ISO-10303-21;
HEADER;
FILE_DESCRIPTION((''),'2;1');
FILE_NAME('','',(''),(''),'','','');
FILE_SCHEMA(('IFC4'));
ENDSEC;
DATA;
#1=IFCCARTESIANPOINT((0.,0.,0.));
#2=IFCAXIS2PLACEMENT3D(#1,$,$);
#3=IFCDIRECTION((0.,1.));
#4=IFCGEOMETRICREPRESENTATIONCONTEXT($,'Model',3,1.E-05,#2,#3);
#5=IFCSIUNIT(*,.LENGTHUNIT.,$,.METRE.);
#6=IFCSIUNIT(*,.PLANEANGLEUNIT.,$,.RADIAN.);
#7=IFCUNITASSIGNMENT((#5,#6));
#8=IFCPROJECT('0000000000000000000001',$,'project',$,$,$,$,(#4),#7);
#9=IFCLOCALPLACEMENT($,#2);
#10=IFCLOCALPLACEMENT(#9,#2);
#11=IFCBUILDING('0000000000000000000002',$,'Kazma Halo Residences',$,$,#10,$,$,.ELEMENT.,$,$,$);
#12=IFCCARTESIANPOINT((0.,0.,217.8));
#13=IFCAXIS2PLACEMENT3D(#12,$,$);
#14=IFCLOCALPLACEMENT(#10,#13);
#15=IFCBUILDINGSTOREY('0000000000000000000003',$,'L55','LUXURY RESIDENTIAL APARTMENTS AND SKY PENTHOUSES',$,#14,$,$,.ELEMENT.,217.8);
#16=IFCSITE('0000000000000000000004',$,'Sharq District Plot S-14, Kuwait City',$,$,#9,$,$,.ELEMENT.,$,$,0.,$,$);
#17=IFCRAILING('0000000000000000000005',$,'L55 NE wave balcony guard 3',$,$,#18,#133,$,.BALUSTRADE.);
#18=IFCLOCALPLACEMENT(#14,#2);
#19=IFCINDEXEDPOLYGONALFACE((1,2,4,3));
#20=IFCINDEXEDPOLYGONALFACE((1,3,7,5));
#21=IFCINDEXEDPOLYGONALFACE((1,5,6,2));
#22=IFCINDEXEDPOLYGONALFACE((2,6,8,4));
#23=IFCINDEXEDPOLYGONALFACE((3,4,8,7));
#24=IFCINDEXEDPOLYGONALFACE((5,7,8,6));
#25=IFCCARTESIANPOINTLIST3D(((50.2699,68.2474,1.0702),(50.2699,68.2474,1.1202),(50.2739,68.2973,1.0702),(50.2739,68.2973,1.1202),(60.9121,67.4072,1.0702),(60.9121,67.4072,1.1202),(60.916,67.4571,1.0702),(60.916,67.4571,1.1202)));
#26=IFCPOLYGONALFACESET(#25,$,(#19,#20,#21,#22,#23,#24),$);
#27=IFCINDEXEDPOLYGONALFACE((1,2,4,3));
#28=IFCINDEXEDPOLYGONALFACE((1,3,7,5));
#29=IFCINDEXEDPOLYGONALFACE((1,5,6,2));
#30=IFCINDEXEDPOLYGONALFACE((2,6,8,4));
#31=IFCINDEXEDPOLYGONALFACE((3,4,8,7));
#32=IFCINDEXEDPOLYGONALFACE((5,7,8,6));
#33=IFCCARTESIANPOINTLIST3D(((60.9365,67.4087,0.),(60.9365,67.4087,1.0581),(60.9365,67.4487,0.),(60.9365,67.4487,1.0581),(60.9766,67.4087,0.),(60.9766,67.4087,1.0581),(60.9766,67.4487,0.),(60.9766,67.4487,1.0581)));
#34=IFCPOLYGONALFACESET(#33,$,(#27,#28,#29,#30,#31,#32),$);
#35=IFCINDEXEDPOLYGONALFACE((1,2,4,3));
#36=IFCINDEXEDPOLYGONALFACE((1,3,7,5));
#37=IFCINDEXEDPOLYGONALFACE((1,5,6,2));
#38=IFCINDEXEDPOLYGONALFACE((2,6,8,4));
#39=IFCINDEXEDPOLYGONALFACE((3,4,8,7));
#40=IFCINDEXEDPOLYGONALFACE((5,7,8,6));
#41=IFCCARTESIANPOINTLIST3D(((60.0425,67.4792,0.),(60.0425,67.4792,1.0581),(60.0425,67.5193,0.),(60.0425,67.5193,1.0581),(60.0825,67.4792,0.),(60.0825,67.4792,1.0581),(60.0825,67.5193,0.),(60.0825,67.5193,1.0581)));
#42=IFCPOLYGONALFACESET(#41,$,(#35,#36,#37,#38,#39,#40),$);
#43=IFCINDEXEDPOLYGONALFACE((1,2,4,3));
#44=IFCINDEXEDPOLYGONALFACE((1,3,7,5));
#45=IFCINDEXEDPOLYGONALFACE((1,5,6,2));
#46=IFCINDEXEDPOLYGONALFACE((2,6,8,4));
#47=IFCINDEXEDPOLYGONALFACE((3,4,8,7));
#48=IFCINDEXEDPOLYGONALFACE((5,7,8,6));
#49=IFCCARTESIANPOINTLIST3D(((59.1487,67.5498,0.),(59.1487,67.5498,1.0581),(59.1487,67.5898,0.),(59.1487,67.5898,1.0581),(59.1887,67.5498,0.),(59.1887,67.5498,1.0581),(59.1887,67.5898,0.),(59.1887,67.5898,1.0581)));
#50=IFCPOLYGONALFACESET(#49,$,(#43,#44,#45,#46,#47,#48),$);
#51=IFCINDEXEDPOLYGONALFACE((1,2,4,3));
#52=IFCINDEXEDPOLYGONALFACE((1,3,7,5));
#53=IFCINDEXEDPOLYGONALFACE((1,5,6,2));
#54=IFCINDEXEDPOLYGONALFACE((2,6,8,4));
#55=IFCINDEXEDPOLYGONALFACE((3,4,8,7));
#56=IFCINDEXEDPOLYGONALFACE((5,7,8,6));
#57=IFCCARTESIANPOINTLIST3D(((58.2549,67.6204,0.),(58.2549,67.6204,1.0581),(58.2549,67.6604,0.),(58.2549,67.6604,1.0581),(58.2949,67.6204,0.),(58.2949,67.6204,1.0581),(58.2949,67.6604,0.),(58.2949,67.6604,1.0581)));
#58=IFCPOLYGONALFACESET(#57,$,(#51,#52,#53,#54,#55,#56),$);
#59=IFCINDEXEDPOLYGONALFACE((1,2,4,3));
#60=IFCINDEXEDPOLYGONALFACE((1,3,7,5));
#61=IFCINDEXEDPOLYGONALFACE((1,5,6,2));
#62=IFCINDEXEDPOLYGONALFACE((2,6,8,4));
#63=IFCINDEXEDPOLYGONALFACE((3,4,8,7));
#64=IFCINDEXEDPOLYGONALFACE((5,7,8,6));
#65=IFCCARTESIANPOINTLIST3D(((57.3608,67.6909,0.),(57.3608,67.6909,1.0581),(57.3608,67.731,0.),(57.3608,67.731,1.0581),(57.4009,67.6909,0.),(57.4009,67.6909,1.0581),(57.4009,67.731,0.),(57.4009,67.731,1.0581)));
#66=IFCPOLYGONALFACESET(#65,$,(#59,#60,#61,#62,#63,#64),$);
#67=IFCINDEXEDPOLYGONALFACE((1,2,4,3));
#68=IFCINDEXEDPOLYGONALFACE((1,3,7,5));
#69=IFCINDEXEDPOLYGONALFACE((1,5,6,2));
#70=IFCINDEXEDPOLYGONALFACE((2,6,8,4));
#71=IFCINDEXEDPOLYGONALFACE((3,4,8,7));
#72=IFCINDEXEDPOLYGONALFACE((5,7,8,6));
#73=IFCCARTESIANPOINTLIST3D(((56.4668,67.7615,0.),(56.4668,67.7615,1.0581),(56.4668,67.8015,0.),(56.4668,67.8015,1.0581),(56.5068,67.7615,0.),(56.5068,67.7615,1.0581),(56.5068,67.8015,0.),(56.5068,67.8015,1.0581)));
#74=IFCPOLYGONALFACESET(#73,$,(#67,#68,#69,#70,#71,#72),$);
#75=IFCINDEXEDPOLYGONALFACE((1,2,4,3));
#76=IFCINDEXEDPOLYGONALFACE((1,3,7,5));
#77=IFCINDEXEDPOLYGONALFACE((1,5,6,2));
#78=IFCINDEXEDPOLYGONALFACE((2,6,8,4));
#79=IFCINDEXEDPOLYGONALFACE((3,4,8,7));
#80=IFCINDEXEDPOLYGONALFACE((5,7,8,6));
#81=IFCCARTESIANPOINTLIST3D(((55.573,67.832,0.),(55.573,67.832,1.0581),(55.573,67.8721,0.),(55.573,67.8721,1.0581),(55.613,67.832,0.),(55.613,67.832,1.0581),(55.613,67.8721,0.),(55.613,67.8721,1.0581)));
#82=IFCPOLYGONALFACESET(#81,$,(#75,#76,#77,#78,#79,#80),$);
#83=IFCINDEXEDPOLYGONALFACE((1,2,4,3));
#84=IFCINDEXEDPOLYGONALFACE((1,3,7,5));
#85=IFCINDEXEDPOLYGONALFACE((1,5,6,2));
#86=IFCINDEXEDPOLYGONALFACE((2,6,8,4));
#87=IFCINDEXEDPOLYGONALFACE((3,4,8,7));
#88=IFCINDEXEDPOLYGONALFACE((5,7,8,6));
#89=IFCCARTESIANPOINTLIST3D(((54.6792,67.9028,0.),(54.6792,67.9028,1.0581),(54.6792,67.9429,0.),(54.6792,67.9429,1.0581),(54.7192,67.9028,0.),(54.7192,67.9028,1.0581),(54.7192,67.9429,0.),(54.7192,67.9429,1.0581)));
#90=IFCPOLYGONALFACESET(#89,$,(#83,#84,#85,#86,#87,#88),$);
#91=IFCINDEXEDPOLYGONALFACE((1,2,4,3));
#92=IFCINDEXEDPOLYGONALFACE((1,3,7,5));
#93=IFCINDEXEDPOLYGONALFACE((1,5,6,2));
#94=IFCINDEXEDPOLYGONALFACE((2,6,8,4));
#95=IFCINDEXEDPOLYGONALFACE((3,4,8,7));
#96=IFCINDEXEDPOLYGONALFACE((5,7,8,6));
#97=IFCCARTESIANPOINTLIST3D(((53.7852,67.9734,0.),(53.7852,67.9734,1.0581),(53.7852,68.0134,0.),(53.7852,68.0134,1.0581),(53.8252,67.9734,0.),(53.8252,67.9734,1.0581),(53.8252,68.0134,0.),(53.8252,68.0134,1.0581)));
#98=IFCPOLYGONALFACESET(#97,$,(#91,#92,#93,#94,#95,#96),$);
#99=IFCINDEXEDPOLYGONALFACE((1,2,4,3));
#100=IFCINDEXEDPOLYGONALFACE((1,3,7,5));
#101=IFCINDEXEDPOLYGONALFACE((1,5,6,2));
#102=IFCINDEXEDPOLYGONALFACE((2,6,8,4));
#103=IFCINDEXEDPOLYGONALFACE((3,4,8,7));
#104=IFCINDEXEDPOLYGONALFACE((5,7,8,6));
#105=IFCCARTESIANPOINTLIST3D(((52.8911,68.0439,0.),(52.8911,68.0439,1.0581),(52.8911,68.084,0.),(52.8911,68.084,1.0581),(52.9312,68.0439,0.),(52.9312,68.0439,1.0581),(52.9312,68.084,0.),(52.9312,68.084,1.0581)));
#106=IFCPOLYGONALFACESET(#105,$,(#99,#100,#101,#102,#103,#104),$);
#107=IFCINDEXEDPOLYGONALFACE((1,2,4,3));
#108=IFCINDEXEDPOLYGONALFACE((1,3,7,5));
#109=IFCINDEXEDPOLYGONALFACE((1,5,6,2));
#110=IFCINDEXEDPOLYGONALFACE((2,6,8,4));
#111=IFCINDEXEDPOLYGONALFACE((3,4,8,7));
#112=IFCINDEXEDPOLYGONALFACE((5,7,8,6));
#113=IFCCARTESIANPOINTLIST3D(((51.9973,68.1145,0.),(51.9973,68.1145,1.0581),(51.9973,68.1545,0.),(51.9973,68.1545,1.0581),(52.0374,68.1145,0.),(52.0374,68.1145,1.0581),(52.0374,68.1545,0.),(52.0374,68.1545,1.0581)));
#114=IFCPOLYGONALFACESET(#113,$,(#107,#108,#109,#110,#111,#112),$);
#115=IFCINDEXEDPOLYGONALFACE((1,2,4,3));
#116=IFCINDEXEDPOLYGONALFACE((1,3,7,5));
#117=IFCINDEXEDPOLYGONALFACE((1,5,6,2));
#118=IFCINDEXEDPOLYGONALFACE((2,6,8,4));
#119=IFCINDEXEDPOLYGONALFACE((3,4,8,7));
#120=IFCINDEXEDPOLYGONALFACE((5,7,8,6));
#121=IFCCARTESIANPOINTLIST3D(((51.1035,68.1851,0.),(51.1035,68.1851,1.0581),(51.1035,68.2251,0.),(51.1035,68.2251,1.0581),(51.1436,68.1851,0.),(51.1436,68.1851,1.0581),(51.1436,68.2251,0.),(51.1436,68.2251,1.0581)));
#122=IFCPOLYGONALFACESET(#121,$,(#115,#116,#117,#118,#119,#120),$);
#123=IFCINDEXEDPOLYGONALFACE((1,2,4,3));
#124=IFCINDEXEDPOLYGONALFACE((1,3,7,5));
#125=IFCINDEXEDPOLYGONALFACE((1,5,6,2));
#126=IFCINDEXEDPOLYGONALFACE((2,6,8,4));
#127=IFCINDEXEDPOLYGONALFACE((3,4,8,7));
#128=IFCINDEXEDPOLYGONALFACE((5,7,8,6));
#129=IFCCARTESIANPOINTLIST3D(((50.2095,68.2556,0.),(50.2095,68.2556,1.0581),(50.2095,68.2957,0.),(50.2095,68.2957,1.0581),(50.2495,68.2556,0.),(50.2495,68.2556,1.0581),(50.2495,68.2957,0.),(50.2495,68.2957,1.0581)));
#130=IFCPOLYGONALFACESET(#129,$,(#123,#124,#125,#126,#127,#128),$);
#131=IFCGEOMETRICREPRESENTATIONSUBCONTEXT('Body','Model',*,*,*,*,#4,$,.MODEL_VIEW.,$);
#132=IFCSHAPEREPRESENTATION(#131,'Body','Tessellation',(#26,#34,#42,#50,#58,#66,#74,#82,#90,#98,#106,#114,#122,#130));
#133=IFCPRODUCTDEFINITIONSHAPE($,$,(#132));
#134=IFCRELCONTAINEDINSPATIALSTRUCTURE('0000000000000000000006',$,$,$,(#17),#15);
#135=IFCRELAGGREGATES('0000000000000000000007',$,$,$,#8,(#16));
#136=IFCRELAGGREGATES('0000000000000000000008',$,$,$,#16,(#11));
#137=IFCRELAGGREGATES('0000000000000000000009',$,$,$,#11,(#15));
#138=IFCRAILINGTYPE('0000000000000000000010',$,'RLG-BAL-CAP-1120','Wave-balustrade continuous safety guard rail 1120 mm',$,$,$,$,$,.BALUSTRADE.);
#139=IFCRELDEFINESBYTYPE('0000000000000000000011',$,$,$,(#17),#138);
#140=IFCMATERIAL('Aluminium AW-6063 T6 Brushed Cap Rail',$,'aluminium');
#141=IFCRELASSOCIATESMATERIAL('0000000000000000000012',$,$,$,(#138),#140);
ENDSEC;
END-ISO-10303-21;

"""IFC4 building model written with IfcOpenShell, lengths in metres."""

from ifc_helpers import new_model, si_unit, direction, frame, origin, origin_2d, place, context, subcontext, project, spatial, rectangle, extrude, material, type_object, element, save


model = new_model("IFC4")

# Units and contexts
model_context = context("Model", 3, precision=1e-05, world=origin(), true_north=direction((0.0, 1.0)))
body_context = subcontext(model_context, "Body", "Model", "MODEL_VIEW")
ifc_project = project(units=[si_unit("LENGTHUNIT", "METRE"), si_unit("PLANEANGLEUNIT", "RADIAN")], contexts=[model_context])

# Site, building, storey
site_placement = place(None, origin())
site = spatial("IfcSite", under=ifc_project, at=site_placement, Name="Sharq District Plot S-14, Kuwait City", CompositionType="ELEMENT", RefElevation=0.0)
building_placement = place(site_placement, origin())
building = spatial("IfcBuilding", under=site, at=building_placement, Name="Kazma Halo Residences", CompositionType="ELEMENT")
storey_placement = place(building_placement, frame((0.0, 0.0, 217.8)))
storey = spatial("IfcBuildingStorey", under=building, at=storey_placement, Name="L55", Description="LUXURY RESIDENTIAL APARTMENTS AND SKY PENTHOUSES", CompositionType="ELEMENT", Elevation=217.8)

# Railing
ifc_material_1 = material(Name="Aluminium AW-6063 T6 Brushed Cap Rail", Category="aluminium")
railing_type = type_object("IfcRailingType", Name="RLG-BAL-CAP-1120", Description="Wave-balustrade continuous safety guard rail 1120 mm", PredefinedType="BALUSTRADE", material=ifc_material_1)
railing_1_placement = place(storey_placement, frame((60.9565, 67.4287, 0.0)))
element("IfcRailing", 1, at=railing_1_placement, inside=storey, type_object=railing_type, Name="L55 NE wave balcony guard 3", PredefinedType="BALUSTRADE", context=body_context, shape_type="SweptSolid", body=[
    extrude(rectangle(XDim=0.05, YDim=0.05, at=origin_2d()), frame((-0.0425, 0.0034, 1.0952), z_axis=(-0.996898, 0.078707, 0.0), x_axis=(-0.078707, -0.996898, 0.0)), (0.0, 0.0, 1.0), 10.6753),
    extrude(rectangle(XDim=0.04, YDim=0.04, at=origin_2d()), origin(), (0.0, 0.0, 1.0), 1.0581),
    extrude(rectangle(XDim=0.04, YDim=0.04, at=origin_2d()), frame((-0.894, 0.0706, 0.0)), (0.0, 0.0, 1.0), 1.0581),
    extrude(rectangle(XDim=0.04, YDim=0.04, at=origin_2d()), frame((-1.7878, 0.1411, 0.0)), (0.0, 0.0, 1.0), 1.0581),
    extrude(rectangle(XDim=0.04, YDim=0.04, at=origin_2d()), frame((-2.6816, 0.2117, 0.0)), (0.0, 0.0, 1.0), 1.0581),
    extrude(rectangle(XDim=0.04, YDim=0.04, at=origin_2d()), frame((-3.5757, 0.2822, 0.0)), (0.0, 0.0, 1.0), 1.0581),
    extrude(rectangle(XDim=0.04, YDim=0.04, at=origin_2d()), frame((-4.4697, 0.3528, 0.0)), (0.0, 0.0, 1.0), 1.0581),
    extrude(rectangle(XDim=0.04, YDim=0.04, at=origin_2d()), frame((-5.3635, 0.4233, 0.0)), (0.0, 0.0, 1.0), 1.0581),
    extrude(rectangle(XDim=0.04, YDim=0.04, at=origin_2d()), frame((-6.2573, 0.4941, 0.0)), (0.0, 0.0, 1.0), 1.0581),
    extrude(rectangle(XDim=0.04, YDim=0.04, at=origin_2d()), frame((-7.1514, 0.5647, 0.0)), (0.0, 0.0, 1.0), 1.0581),
    extrude(rectangle(XDim=0.04, YDim=0.04, at=origin_2d()), frame((-8.0454, 0.6353, 0.0)), (0.0, 0.0, 1.0), 1.0581),
    extrude(rectangle(XDim=0.04, YDim=0.04, at=origin_2d()), frame((-8.9392, 0.7058, 0.0)), (0.0, 0.0, 1.0), 1.0581),
    extrude(rectangle(XDim=0.04, YDim=0.04, at=origin_2d()), frame((-9.833, 0.7764, 0.0)), (0.0, 0.0, 1.0), 1.0581),
    extrude(rectangle(XDim=0.04, YDim=0.04, at=origin_2d()), frame((-10.7271, 0.8469, 0.0)), (0.0, 0.0, 1.0), 1.0581),
])

save(model, "model.ifc")
